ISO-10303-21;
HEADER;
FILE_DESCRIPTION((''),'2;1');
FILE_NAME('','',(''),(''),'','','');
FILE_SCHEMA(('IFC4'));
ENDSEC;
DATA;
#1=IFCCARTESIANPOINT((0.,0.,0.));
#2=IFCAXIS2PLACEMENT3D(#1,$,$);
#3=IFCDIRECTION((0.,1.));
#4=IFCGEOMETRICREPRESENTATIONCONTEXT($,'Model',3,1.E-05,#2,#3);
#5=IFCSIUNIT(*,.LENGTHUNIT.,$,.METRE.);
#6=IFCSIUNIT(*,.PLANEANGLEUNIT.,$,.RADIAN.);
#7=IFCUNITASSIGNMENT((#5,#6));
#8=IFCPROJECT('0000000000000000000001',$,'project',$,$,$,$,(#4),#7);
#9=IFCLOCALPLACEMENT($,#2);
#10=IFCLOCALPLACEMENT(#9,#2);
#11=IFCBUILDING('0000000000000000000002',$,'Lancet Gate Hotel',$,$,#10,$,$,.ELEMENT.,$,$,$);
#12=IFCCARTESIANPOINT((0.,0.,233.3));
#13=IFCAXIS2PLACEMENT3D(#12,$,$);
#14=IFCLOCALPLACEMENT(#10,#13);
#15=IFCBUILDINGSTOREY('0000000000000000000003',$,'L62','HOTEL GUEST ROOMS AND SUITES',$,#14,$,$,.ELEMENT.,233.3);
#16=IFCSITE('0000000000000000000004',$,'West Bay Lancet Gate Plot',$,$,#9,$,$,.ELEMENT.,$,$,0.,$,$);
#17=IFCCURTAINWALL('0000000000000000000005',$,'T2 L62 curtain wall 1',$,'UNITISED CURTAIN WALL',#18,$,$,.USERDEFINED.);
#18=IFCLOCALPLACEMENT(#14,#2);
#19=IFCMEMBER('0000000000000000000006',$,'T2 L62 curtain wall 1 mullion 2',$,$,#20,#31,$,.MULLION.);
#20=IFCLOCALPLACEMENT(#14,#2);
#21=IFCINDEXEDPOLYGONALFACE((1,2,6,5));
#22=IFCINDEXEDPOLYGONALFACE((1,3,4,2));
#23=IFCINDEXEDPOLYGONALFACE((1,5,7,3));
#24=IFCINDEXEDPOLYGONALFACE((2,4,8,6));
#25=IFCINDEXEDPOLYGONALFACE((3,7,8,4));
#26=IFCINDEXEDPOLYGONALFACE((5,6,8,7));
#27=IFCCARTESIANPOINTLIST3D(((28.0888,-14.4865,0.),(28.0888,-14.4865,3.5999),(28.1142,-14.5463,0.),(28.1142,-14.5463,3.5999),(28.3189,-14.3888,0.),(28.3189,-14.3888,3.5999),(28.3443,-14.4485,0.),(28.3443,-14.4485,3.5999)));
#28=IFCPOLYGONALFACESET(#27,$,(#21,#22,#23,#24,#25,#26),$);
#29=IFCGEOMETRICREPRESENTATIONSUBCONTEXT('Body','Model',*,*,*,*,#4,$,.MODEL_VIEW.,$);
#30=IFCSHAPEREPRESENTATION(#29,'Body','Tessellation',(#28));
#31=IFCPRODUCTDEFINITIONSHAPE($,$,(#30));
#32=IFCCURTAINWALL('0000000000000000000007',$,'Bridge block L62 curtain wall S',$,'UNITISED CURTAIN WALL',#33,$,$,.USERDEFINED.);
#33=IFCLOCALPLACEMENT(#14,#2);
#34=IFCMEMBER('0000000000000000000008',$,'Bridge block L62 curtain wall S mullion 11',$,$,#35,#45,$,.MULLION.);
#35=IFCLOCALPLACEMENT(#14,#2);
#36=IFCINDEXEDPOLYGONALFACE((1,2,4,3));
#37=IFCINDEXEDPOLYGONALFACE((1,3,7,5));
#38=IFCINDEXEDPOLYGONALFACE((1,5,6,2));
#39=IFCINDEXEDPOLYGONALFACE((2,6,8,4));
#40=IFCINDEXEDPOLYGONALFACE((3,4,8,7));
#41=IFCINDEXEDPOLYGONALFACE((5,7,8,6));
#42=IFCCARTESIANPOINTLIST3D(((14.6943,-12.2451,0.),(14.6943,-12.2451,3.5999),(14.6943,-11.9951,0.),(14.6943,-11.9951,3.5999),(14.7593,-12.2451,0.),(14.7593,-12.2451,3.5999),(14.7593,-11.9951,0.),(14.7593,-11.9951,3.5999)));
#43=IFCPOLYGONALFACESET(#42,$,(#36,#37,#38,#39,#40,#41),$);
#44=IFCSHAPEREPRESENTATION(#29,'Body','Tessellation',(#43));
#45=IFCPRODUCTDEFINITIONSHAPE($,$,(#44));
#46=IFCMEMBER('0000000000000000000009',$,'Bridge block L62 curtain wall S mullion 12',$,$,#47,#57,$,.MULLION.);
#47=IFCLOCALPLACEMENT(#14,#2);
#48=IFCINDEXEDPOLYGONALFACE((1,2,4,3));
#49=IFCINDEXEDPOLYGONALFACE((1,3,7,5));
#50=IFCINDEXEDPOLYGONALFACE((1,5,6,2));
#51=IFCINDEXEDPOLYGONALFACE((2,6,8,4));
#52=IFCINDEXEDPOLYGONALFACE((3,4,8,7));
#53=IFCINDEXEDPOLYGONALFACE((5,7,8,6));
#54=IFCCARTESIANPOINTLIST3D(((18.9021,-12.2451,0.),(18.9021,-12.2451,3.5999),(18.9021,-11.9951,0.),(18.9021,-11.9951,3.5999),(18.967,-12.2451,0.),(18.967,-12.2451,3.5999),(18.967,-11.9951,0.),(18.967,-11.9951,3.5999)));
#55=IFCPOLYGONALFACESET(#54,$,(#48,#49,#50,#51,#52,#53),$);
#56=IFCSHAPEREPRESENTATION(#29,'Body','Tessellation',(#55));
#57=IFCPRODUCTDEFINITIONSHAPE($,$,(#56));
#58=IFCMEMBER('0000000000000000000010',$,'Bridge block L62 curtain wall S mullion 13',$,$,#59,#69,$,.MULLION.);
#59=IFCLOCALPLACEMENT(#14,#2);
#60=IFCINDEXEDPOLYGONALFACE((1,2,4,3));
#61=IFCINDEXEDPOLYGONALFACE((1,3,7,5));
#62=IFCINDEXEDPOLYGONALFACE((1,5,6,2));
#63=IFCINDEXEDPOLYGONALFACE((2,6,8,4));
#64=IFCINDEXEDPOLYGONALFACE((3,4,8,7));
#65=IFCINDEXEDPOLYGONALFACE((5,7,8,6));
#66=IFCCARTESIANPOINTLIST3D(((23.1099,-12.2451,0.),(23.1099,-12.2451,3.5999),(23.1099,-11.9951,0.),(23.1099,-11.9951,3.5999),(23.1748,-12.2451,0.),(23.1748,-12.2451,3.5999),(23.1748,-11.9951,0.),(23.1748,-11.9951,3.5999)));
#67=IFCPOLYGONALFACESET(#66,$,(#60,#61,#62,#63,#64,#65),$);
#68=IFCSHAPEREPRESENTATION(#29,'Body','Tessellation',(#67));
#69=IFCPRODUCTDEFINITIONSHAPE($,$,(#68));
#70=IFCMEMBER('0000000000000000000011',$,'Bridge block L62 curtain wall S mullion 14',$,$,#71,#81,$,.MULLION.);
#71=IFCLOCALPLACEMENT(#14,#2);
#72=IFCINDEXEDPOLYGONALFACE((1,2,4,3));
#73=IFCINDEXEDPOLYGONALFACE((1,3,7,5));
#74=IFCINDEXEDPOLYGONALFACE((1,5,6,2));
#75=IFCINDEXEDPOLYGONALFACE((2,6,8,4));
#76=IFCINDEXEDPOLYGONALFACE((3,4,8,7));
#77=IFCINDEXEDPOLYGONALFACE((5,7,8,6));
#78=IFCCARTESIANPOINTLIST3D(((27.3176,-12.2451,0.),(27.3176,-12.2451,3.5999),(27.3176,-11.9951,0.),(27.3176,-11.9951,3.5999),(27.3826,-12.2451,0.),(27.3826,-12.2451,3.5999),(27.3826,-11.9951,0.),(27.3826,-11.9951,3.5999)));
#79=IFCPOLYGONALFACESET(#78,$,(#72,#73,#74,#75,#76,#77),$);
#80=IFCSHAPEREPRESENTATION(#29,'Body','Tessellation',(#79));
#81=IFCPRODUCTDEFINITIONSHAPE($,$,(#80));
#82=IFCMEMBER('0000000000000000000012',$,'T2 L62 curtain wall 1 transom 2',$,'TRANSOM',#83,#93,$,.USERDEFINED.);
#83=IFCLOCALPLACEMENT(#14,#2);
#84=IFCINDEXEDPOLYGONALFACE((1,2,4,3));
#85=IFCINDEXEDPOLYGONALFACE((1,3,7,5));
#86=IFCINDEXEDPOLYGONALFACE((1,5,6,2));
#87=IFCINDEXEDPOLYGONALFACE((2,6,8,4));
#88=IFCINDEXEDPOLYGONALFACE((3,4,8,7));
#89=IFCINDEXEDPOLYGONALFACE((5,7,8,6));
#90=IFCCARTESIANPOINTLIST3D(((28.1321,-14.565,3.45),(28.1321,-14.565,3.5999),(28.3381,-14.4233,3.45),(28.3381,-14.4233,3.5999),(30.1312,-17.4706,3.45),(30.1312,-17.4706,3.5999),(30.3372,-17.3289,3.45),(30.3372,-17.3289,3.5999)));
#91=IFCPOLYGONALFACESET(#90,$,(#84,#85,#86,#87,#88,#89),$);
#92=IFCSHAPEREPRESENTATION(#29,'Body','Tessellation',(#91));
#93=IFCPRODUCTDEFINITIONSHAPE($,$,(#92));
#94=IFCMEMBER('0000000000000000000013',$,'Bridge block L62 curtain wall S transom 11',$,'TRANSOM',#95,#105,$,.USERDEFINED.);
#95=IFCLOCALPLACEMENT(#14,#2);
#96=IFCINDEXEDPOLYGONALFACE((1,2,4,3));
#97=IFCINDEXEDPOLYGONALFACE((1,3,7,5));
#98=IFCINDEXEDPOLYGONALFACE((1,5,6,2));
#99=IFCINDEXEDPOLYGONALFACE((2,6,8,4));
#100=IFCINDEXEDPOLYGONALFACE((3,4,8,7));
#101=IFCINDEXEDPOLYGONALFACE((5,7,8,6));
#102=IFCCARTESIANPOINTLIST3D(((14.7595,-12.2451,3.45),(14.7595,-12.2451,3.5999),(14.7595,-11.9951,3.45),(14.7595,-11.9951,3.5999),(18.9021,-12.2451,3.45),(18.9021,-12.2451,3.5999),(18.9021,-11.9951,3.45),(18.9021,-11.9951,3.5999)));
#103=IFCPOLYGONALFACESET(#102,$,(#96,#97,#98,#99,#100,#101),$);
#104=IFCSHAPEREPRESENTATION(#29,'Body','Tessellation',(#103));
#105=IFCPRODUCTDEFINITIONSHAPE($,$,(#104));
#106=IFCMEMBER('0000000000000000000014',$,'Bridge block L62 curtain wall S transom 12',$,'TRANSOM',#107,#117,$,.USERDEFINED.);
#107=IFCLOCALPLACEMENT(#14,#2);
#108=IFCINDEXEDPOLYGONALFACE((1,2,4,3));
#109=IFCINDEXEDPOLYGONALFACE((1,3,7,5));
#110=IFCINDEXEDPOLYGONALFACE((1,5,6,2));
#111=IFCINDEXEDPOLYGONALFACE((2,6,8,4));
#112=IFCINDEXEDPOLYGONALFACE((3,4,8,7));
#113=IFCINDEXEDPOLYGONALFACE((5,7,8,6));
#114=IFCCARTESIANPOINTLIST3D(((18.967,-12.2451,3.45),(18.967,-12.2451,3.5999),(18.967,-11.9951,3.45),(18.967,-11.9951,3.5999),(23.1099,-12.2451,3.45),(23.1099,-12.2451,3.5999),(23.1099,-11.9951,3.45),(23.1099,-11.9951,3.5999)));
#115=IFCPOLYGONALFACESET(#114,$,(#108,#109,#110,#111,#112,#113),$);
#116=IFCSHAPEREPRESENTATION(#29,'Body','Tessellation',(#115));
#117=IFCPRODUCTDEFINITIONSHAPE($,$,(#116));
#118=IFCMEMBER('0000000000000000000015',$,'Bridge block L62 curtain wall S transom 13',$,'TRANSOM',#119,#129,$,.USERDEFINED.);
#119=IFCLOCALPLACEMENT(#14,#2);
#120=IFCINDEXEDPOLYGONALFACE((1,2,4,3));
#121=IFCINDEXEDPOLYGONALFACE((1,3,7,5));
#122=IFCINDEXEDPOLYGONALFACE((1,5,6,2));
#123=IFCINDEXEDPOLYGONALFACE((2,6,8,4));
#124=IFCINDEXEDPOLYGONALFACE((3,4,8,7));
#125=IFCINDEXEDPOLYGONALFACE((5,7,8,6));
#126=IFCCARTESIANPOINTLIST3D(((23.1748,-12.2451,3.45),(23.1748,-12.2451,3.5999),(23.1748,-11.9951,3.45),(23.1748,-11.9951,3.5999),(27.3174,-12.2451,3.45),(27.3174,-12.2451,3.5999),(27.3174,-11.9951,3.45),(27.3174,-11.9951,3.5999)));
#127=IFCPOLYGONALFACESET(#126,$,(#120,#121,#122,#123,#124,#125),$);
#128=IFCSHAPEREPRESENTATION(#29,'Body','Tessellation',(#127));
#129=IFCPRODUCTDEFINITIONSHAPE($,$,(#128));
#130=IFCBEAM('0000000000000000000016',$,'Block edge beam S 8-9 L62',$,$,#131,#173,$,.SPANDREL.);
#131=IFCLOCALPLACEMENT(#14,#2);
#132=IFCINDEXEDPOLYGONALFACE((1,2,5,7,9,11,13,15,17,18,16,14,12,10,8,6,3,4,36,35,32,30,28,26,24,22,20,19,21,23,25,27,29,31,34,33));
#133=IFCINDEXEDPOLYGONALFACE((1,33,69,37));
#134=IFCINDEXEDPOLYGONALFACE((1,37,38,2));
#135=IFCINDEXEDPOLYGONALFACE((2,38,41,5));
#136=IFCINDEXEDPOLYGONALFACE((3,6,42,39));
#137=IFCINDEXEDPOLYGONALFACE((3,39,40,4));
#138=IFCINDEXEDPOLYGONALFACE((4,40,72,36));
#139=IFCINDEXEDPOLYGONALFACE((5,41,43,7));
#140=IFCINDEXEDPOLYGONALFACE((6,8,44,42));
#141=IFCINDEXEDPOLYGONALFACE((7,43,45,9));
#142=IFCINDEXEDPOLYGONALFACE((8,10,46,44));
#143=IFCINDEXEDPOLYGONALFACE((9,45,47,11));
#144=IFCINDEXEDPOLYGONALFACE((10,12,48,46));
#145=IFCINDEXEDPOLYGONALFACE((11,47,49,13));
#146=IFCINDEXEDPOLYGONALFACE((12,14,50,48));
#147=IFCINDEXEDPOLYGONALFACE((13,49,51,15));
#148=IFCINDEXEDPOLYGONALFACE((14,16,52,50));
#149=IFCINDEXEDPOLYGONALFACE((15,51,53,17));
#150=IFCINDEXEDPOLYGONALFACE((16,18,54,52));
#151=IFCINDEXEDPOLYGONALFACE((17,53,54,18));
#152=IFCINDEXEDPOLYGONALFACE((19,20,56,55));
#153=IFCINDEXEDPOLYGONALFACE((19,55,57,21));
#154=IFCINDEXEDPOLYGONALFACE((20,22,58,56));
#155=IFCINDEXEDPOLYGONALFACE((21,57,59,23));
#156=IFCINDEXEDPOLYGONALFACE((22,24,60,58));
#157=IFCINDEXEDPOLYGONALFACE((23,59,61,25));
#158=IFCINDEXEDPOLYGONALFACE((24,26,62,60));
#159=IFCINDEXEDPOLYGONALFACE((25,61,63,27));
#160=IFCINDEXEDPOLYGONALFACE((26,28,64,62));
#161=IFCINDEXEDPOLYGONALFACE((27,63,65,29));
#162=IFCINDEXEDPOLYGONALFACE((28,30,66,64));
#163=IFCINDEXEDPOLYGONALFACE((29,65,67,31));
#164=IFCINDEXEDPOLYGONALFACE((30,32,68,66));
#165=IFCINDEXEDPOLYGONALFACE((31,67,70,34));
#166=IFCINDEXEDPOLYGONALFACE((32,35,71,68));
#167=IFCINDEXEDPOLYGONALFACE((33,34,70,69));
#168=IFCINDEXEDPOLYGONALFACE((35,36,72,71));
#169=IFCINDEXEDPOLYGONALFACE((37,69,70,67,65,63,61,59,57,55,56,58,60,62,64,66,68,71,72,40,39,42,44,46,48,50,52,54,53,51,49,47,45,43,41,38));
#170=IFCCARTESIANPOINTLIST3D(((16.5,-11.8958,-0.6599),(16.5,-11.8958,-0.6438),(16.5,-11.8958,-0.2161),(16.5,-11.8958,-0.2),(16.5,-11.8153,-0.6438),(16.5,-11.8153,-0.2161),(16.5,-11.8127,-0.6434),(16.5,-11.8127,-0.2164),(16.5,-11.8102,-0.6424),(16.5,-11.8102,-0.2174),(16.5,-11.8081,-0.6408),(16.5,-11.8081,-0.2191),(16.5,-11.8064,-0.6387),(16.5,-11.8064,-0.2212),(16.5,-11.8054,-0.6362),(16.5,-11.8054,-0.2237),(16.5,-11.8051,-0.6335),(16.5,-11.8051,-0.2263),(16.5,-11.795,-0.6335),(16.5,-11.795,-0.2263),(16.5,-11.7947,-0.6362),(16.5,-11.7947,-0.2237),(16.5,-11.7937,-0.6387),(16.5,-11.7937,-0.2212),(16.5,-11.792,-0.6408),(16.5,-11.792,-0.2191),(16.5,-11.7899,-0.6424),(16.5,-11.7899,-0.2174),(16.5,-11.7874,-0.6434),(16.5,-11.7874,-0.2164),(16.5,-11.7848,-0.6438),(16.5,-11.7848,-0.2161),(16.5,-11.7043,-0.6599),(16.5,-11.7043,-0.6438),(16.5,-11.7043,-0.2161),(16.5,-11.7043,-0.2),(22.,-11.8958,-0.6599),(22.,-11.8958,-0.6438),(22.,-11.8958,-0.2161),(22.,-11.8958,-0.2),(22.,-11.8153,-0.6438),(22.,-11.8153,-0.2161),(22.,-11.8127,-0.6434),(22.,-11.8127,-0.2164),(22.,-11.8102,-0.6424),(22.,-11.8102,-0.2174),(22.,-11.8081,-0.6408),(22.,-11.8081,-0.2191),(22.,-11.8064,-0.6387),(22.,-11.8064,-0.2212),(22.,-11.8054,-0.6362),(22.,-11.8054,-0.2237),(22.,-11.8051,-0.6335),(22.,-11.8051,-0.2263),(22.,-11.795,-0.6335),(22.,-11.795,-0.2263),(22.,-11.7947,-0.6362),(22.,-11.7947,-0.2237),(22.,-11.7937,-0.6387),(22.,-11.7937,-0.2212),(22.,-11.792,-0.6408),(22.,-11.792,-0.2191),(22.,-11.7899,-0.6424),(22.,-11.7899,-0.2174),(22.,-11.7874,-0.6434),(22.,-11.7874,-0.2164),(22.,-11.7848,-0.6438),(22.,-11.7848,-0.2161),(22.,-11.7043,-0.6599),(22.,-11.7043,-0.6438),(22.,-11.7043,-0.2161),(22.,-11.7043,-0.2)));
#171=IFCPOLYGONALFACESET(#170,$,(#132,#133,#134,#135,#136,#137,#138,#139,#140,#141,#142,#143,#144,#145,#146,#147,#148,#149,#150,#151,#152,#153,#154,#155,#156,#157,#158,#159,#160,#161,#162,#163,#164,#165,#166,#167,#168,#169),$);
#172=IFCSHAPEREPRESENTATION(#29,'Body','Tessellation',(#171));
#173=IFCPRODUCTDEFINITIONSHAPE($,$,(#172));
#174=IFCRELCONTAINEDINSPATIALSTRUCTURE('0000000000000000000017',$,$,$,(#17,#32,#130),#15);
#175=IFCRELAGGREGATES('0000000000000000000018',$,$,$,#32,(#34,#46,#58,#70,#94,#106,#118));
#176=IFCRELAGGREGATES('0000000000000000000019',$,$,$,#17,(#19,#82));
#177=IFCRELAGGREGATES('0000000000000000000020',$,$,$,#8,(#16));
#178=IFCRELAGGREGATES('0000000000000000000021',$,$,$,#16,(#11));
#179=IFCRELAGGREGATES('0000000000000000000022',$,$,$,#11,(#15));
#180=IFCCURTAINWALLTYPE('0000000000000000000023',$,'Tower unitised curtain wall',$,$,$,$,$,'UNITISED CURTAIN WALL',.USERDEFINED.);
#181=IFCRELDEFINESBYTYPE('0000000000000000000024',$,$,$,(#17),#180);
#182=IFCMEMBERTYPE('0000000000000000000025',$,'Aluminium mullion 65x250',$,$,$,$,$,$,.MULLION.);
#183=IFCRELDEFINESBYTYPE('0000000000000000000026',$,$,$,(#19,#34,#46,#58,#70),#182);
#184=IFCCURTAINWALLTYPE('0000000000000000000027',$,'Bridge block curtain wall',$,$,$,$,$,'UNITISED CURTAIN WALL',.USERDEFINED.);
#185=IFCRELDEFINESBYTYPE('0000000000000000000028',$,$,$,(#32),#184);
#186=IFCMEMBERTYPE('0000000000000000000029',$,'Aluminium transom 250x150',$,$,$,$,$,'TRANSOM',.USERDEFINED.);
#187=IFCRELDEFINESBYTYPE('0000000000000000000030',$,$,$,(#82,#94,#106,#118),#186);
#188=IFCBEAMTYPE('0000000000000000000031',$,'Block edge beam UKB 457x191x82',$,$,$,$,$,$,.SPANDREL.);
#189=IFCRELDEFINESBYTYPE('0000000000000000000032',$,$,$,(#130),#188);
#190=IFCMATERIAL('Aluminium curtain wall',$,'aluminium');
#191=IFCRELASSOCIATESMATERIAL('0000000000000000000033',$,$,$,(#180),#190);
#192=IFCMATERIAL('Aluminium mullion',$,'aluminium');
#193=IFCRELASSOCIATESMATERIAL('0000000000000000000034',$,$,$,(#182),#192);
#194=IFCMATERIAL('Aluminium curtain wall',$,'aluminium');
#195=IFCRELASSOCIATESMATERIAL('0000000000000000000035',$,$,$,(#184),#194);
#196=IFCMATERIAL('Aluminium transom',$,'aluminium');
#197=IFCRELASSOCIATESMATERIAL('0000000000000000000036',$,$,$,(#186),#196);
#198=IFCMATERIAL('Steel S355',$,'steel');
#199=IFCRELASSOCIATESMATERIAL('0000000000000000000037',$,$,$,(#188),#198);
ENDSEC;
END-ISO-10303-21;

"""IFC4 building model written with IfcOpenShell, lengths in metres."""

from ifc_helpers import new_model, si_unit, direction, frame, origin, origin_2d, place, context, subcontext, project, spatial, rectangle, i_section, extrude, material, material_profile, profile_set, type_object, element, aggregate, save


model = new_model("IFC4")

# Units and contexts
model_context = context("Model", 3, precision=1e-05, world=origin(), true_north=direction((0.0, 1.0)))
body_context = subcontext(model_context, "Body", "Model", "MODEL_VIEW")
ifc_project = project(units=[si_unit("LENGTHUNIT", "METRE"), si_unit("PLANEANGLEUNIT", "RADIAN")], contexts=[model_context])

# Site, building, storey
site_placement = place(None, origin())
site = spatial("IfcSite", under=ifc_project, at=site_placement, Name="West Bay Lancet Gate Plot", CompositionType="ELEMENT", RefElevation=0.0)
building_placement = place(site_placement, origin())
building = spatial("IfcBuilding", under=site, at=building_placement, Name="Lancet Gate Hotel", CompositionType="ELEMENT")
storey_placement = place(building_placement, frame((0.0, 0.0, 233.3)))
storey = spatial("IfcBuildingStorey", under=building, at=storey_placement, Name="L62", Description="HOTEL GUEST ROOMS AND SUITES", CompositionType="ELEMENT", Elevation=233.3)

# Curtain wall, member
ifc_material_1 = material(Name="Aluminium curtain wall", Category="aluminium")
curtain_wall_type_1 = type_object("IfcCurtainWallType", Name="Tower unitised curtain wall", ElementType="UNITISED CURTAIN WALL", PredefinedType="USERDEFINED", material=ifc_material_1)
curtain_wall_1_placement = place(storey_placement, origin())
curtain_wall_1 = element("IfcCurtainWall", 1, at=curtain_wall_1_placement, inside=storey, type_object=curtain_wall_type_1, Name="T2 L62 curtain wall 1", ObjectType="UNITISED CURTAIN WALL", PredefinedType="USERDEFINED")
ifc_material_2 = material(Name="Aluminium mullion", Category="aluminium")
ifc_material_profile_1 = material_profile(ifc_material_2, rectangle(XDim=0.0649, YDim=0.25, at=origin_2d()), Name="MULLION 65x250")
ifc_profile_set_1 = profile_set([ifc_material_profile_1], Name="Aluminium mullion")
member_type_1 = type_object("IfcMemberType", Name="Aluminium mullion 65x250", PredefinedType="MULLION", material=ifc_profile_set_1)
member_1_placement = place(storey_placement, frame((28.2166, -14.4675, 0.0), z_axis=(0.0, 0.0, 1.0), x_axis=(0.391042, -0.920373, 0.0)))
member_1 = element("IfcMember", 2, at=member_1_placement, type_object=member_type_1, Name="T2 L62 curtain wall 1 mullion 2", PredefinedType="MULLION", context=body_context, shape_type="SweptSolid", body=[
    extrude(rectangle(XDim=0.0649, YDim=0.25, at=origin_2d()), origin(), (0.0, 0.0, 1.0), 3.5999),
])

# Curtain wall, members
ifc_material_3 = material(Name="Aluminium curtain wall", Category="aluminium")
curtain_wall_type_2 = type_object("IfcCurtainWallType", Name="Bridge block curtain wall", ElementType="UNITISED CURTAIN WALL", PredefinedType="USERDEFINED", material=ifc_material_3)
curtain_wall_2_placement = place(storey_placement, origin())
curtain_wall_2 = element("IfcCurtainWall", 3, at=curtain_wall_2_placement, inside=storey, type_object=curtain_wall_type_2, Name="Bridge block L62 curtain wall S", ObjectType="UNITISED CURTAIN WALL", PredefinedType="USERDEFINED")
member_2_placement = place(storey_placement, frame((14.7268, -12.1201, 0.0), z_axis=(0.0, 0.0, 1.0), x_axis=(1.0, 0.0, 0.0)))
member_2 = element("IfcMember", 4, at=member_2_placement, type_object=member_type_1, Name="Bridge block L62 curtain wall S mullion 11", PredefinedType="MULLION", context=body_context, shape_type="SweptSolid", body=[
    extrude(rectangle(XDim=0.0649, YDim=0.25, at=origin_2d()), origin(), (0.0, 0.0, 1.0), 3.5999),
])
member_3_placement = place(storey_placement, frame((18.9346, -12.1201, 0.0), z_axis=(0.0, 0.0, 1.0), x_axis=(1.0, 0.0, 0.0)))
member_3 = element("IfcMember", 5, at=member_3_placement, type_object=member_type_1, Name="Bridge block L62 curtain wall S mullion 12", PredefinedType="MULLION", context=body_context, shape_type="SweptSolid", body=[
    extrude(rectangle(XDim=0.0649, YDim=0.25, at=origin_2d()), origin(), (0.0, 0.0, 1.0), 3.5999),
])
member_4_placement = place(storey_placement, frame((23.1423, -12.1201, 0.0), z_axis=(0.0, 0.0, 1.0), x_axis=(1.0, 0.0, 0.0)))
member_4 = element("IfcMember", 6, at=member_4_placement, type_object=member_type_1, Name="Bridge block L62 curtain wall S mullion 13", PredefinedType="MULLION", context=body_context, shape_type="SweptSolid", body=[
    extrude(rectangle(XDim=0.0649, YDim=0.25, at=origin_2d()), origin(), (0.0, 0.0, 1.0), 3.5999),
])
member_5_placement = place(storey_placement, frame((27.3501, -12.1201, 0.0), z_axis=(0.0, 0.0, 1.0), x_axis=(1.0, 0.0, 0.0)))
member_5 = element("IfcMember", 7, at=member_5_placement, type_object=member_type_1, Name="Bridge block L62 curtain wall S mullion 14", PredefinedType="MULLION", context=body_context, shape_type="SweptSolid", body=[
    extrude(rectangle(XDim=0.0649, YDim=0.25, at=origin_2d()), origin(), (0.0, 0.0, 1.0), 3.5999),
])

# Members
ifc_material_4 = material(Name="Aluminium transom", Category="aluminium")
ifc_material_profile_2 = material_profile(ifc_material_4, rectangle(XDim=0.25, YDim=0.1499, at=origin_2d()), Name="TRANSOM 250x150")
ifc_profile_set_2 = profile_set([ifc_material_profile_2], Name="Aluminium transom")
member_type_2 = type_object("IfcMemberType", Name="Aluminium transom 250x150", ElementType="TRANSOM", PredefinedType="USERDEFINED", material=ifc_profile_set_2)
member_6_placement = place(storey_placement, frame((28.2351, -14.4941, 3.5249), z_axis=(0.566814, -0.823846, 0.0), x_axis=(0.823846, 0.566814, 0.0)))
member_6 = element("IfcMember", 8, at=member_6_placement, type_object=member_type_2, Name="T2 L62 curtain wall 1 transom 2", ObjectType="TRANSOM", PredefinedType="USERDEFINED", context=body_context, shape_type="SweptSolid", body=[
    extrude(rectangle(XDim=0.25, YDim=0.1499, at=origin_2d()), origin(), (0.0, 0.0, 1.0), 3.5269),
])
member_7_placement = place(storey_placement, frame((14.7595, -12.1201, 3.5249), z_axis=(1.0, 0.0, 0.0), x_axis=(0.0, 1.0, 0.0)))
member_7 = element("IfcMember", 9, at=member_7_placement, type_object=member_type_2, Name="Bridge block L62 curtain wall S transom 11", ObjectType="TRANSOM", PredefinedType="USERDEFINED", context=body_context, shape_type="SweptSolid", body=[
    extrude(rectangle(XDim=0.25, YDim=0.1499, at=origin_2d()), origin(), (0.0, 0.0, 1.0), 4.1426),
])
member_8_placement = place(storey_placement, frame((18.967, -12.1201, 3.5249), z_axis=(1.0, 0.0, 0.0), x_axis=(0.0, 1.0, 0.0)))
member_8 = element("IfcMember", 10, at=member_8_placement, type_object=member_type_2, Name="Bridge block L62 curtain wall S transom 12", ObjectType="TRANSOM", PredefinedType="USERDEFINED", context=body_context, shape_type="SweptSolid", body=[
    extrude(rectangle(XDim=0.25, YDim=0.1499, at=origin_2d()), origin(), (0.0, 0.0, 1.0), 4.1428),
])
member_9_placement = place(storey_placement, frame((23.1748, -12.1201, 3.5249), z_axis=(1.0, 0.0, 0.0), x_axis=(0.0, 1.0, 0.0)))
member_9 = element("IfcMember", 11, at=member_9_placement, type_object=member_type_2, Name="Bridge block L62 curtain wall S transom 13", ObjectType="TRANSOM", PredefinedType="USERDEFINED", context=body_context, shape_type="SweptSolid", body=[
    extrude(rectangle(XDim=0.25, YDim=0.1499, at=origin_2d()), origin(), (0.0, 0.0, 1.0), 4.1426),
])

# Beam
ifc_material_5 = material(Name="Steel S355", Category="steel")
ifc_material_profile_3 = material_profile(ifc_material_5, i_section(OverallWidth=0.1914, OverallDepth=0.46, WebThickness=0.01, FlangeThickness=0.0161, FilletRadius=0.0103, at=origin_2d()), Name="UKB 457x191x82")
ifc_profile_set_3 = profile_set([ifc_material_profile_3], Name="Steel S355")
beam_type_1 = type_object("IfcBeamType", Name="Block edge beam UKB 457x191x82", PredefinedType="SPANDREL", material=ifc_profile_set_3)
beam_placement = place(storey_placement, frame((16.5, -11.8, -0.4299), z_axis=(1.0, 0.0, 0.0), x_axis=(0.0, 1.0, 0.0)))
element("IfcBeam", 12, at=beam_placement, inside=storey, type_object=beam_type_1, Name="Block edge beam S 8-9 L62", PredefinedType="SPANDREL", context=body_context, shape_type="SweptSolid", body=[
    extrude(i_section(OverallWidth=0.1914, OverallDepth=0.46, WebThickness=0.01, FlangeThickness=0.0161, FilletRadius=0.0103, at=origin_2d()), origin(), (0.0, 0.0, 1.0), 5.5),
])

aggregate(curtain_wall_2, [member_2, member_3, member_4, member_5, member_7, member_8, member_9])
aggregate(curtain_wall_1, [member_1, member_6])

save(model, "model.ifc")
